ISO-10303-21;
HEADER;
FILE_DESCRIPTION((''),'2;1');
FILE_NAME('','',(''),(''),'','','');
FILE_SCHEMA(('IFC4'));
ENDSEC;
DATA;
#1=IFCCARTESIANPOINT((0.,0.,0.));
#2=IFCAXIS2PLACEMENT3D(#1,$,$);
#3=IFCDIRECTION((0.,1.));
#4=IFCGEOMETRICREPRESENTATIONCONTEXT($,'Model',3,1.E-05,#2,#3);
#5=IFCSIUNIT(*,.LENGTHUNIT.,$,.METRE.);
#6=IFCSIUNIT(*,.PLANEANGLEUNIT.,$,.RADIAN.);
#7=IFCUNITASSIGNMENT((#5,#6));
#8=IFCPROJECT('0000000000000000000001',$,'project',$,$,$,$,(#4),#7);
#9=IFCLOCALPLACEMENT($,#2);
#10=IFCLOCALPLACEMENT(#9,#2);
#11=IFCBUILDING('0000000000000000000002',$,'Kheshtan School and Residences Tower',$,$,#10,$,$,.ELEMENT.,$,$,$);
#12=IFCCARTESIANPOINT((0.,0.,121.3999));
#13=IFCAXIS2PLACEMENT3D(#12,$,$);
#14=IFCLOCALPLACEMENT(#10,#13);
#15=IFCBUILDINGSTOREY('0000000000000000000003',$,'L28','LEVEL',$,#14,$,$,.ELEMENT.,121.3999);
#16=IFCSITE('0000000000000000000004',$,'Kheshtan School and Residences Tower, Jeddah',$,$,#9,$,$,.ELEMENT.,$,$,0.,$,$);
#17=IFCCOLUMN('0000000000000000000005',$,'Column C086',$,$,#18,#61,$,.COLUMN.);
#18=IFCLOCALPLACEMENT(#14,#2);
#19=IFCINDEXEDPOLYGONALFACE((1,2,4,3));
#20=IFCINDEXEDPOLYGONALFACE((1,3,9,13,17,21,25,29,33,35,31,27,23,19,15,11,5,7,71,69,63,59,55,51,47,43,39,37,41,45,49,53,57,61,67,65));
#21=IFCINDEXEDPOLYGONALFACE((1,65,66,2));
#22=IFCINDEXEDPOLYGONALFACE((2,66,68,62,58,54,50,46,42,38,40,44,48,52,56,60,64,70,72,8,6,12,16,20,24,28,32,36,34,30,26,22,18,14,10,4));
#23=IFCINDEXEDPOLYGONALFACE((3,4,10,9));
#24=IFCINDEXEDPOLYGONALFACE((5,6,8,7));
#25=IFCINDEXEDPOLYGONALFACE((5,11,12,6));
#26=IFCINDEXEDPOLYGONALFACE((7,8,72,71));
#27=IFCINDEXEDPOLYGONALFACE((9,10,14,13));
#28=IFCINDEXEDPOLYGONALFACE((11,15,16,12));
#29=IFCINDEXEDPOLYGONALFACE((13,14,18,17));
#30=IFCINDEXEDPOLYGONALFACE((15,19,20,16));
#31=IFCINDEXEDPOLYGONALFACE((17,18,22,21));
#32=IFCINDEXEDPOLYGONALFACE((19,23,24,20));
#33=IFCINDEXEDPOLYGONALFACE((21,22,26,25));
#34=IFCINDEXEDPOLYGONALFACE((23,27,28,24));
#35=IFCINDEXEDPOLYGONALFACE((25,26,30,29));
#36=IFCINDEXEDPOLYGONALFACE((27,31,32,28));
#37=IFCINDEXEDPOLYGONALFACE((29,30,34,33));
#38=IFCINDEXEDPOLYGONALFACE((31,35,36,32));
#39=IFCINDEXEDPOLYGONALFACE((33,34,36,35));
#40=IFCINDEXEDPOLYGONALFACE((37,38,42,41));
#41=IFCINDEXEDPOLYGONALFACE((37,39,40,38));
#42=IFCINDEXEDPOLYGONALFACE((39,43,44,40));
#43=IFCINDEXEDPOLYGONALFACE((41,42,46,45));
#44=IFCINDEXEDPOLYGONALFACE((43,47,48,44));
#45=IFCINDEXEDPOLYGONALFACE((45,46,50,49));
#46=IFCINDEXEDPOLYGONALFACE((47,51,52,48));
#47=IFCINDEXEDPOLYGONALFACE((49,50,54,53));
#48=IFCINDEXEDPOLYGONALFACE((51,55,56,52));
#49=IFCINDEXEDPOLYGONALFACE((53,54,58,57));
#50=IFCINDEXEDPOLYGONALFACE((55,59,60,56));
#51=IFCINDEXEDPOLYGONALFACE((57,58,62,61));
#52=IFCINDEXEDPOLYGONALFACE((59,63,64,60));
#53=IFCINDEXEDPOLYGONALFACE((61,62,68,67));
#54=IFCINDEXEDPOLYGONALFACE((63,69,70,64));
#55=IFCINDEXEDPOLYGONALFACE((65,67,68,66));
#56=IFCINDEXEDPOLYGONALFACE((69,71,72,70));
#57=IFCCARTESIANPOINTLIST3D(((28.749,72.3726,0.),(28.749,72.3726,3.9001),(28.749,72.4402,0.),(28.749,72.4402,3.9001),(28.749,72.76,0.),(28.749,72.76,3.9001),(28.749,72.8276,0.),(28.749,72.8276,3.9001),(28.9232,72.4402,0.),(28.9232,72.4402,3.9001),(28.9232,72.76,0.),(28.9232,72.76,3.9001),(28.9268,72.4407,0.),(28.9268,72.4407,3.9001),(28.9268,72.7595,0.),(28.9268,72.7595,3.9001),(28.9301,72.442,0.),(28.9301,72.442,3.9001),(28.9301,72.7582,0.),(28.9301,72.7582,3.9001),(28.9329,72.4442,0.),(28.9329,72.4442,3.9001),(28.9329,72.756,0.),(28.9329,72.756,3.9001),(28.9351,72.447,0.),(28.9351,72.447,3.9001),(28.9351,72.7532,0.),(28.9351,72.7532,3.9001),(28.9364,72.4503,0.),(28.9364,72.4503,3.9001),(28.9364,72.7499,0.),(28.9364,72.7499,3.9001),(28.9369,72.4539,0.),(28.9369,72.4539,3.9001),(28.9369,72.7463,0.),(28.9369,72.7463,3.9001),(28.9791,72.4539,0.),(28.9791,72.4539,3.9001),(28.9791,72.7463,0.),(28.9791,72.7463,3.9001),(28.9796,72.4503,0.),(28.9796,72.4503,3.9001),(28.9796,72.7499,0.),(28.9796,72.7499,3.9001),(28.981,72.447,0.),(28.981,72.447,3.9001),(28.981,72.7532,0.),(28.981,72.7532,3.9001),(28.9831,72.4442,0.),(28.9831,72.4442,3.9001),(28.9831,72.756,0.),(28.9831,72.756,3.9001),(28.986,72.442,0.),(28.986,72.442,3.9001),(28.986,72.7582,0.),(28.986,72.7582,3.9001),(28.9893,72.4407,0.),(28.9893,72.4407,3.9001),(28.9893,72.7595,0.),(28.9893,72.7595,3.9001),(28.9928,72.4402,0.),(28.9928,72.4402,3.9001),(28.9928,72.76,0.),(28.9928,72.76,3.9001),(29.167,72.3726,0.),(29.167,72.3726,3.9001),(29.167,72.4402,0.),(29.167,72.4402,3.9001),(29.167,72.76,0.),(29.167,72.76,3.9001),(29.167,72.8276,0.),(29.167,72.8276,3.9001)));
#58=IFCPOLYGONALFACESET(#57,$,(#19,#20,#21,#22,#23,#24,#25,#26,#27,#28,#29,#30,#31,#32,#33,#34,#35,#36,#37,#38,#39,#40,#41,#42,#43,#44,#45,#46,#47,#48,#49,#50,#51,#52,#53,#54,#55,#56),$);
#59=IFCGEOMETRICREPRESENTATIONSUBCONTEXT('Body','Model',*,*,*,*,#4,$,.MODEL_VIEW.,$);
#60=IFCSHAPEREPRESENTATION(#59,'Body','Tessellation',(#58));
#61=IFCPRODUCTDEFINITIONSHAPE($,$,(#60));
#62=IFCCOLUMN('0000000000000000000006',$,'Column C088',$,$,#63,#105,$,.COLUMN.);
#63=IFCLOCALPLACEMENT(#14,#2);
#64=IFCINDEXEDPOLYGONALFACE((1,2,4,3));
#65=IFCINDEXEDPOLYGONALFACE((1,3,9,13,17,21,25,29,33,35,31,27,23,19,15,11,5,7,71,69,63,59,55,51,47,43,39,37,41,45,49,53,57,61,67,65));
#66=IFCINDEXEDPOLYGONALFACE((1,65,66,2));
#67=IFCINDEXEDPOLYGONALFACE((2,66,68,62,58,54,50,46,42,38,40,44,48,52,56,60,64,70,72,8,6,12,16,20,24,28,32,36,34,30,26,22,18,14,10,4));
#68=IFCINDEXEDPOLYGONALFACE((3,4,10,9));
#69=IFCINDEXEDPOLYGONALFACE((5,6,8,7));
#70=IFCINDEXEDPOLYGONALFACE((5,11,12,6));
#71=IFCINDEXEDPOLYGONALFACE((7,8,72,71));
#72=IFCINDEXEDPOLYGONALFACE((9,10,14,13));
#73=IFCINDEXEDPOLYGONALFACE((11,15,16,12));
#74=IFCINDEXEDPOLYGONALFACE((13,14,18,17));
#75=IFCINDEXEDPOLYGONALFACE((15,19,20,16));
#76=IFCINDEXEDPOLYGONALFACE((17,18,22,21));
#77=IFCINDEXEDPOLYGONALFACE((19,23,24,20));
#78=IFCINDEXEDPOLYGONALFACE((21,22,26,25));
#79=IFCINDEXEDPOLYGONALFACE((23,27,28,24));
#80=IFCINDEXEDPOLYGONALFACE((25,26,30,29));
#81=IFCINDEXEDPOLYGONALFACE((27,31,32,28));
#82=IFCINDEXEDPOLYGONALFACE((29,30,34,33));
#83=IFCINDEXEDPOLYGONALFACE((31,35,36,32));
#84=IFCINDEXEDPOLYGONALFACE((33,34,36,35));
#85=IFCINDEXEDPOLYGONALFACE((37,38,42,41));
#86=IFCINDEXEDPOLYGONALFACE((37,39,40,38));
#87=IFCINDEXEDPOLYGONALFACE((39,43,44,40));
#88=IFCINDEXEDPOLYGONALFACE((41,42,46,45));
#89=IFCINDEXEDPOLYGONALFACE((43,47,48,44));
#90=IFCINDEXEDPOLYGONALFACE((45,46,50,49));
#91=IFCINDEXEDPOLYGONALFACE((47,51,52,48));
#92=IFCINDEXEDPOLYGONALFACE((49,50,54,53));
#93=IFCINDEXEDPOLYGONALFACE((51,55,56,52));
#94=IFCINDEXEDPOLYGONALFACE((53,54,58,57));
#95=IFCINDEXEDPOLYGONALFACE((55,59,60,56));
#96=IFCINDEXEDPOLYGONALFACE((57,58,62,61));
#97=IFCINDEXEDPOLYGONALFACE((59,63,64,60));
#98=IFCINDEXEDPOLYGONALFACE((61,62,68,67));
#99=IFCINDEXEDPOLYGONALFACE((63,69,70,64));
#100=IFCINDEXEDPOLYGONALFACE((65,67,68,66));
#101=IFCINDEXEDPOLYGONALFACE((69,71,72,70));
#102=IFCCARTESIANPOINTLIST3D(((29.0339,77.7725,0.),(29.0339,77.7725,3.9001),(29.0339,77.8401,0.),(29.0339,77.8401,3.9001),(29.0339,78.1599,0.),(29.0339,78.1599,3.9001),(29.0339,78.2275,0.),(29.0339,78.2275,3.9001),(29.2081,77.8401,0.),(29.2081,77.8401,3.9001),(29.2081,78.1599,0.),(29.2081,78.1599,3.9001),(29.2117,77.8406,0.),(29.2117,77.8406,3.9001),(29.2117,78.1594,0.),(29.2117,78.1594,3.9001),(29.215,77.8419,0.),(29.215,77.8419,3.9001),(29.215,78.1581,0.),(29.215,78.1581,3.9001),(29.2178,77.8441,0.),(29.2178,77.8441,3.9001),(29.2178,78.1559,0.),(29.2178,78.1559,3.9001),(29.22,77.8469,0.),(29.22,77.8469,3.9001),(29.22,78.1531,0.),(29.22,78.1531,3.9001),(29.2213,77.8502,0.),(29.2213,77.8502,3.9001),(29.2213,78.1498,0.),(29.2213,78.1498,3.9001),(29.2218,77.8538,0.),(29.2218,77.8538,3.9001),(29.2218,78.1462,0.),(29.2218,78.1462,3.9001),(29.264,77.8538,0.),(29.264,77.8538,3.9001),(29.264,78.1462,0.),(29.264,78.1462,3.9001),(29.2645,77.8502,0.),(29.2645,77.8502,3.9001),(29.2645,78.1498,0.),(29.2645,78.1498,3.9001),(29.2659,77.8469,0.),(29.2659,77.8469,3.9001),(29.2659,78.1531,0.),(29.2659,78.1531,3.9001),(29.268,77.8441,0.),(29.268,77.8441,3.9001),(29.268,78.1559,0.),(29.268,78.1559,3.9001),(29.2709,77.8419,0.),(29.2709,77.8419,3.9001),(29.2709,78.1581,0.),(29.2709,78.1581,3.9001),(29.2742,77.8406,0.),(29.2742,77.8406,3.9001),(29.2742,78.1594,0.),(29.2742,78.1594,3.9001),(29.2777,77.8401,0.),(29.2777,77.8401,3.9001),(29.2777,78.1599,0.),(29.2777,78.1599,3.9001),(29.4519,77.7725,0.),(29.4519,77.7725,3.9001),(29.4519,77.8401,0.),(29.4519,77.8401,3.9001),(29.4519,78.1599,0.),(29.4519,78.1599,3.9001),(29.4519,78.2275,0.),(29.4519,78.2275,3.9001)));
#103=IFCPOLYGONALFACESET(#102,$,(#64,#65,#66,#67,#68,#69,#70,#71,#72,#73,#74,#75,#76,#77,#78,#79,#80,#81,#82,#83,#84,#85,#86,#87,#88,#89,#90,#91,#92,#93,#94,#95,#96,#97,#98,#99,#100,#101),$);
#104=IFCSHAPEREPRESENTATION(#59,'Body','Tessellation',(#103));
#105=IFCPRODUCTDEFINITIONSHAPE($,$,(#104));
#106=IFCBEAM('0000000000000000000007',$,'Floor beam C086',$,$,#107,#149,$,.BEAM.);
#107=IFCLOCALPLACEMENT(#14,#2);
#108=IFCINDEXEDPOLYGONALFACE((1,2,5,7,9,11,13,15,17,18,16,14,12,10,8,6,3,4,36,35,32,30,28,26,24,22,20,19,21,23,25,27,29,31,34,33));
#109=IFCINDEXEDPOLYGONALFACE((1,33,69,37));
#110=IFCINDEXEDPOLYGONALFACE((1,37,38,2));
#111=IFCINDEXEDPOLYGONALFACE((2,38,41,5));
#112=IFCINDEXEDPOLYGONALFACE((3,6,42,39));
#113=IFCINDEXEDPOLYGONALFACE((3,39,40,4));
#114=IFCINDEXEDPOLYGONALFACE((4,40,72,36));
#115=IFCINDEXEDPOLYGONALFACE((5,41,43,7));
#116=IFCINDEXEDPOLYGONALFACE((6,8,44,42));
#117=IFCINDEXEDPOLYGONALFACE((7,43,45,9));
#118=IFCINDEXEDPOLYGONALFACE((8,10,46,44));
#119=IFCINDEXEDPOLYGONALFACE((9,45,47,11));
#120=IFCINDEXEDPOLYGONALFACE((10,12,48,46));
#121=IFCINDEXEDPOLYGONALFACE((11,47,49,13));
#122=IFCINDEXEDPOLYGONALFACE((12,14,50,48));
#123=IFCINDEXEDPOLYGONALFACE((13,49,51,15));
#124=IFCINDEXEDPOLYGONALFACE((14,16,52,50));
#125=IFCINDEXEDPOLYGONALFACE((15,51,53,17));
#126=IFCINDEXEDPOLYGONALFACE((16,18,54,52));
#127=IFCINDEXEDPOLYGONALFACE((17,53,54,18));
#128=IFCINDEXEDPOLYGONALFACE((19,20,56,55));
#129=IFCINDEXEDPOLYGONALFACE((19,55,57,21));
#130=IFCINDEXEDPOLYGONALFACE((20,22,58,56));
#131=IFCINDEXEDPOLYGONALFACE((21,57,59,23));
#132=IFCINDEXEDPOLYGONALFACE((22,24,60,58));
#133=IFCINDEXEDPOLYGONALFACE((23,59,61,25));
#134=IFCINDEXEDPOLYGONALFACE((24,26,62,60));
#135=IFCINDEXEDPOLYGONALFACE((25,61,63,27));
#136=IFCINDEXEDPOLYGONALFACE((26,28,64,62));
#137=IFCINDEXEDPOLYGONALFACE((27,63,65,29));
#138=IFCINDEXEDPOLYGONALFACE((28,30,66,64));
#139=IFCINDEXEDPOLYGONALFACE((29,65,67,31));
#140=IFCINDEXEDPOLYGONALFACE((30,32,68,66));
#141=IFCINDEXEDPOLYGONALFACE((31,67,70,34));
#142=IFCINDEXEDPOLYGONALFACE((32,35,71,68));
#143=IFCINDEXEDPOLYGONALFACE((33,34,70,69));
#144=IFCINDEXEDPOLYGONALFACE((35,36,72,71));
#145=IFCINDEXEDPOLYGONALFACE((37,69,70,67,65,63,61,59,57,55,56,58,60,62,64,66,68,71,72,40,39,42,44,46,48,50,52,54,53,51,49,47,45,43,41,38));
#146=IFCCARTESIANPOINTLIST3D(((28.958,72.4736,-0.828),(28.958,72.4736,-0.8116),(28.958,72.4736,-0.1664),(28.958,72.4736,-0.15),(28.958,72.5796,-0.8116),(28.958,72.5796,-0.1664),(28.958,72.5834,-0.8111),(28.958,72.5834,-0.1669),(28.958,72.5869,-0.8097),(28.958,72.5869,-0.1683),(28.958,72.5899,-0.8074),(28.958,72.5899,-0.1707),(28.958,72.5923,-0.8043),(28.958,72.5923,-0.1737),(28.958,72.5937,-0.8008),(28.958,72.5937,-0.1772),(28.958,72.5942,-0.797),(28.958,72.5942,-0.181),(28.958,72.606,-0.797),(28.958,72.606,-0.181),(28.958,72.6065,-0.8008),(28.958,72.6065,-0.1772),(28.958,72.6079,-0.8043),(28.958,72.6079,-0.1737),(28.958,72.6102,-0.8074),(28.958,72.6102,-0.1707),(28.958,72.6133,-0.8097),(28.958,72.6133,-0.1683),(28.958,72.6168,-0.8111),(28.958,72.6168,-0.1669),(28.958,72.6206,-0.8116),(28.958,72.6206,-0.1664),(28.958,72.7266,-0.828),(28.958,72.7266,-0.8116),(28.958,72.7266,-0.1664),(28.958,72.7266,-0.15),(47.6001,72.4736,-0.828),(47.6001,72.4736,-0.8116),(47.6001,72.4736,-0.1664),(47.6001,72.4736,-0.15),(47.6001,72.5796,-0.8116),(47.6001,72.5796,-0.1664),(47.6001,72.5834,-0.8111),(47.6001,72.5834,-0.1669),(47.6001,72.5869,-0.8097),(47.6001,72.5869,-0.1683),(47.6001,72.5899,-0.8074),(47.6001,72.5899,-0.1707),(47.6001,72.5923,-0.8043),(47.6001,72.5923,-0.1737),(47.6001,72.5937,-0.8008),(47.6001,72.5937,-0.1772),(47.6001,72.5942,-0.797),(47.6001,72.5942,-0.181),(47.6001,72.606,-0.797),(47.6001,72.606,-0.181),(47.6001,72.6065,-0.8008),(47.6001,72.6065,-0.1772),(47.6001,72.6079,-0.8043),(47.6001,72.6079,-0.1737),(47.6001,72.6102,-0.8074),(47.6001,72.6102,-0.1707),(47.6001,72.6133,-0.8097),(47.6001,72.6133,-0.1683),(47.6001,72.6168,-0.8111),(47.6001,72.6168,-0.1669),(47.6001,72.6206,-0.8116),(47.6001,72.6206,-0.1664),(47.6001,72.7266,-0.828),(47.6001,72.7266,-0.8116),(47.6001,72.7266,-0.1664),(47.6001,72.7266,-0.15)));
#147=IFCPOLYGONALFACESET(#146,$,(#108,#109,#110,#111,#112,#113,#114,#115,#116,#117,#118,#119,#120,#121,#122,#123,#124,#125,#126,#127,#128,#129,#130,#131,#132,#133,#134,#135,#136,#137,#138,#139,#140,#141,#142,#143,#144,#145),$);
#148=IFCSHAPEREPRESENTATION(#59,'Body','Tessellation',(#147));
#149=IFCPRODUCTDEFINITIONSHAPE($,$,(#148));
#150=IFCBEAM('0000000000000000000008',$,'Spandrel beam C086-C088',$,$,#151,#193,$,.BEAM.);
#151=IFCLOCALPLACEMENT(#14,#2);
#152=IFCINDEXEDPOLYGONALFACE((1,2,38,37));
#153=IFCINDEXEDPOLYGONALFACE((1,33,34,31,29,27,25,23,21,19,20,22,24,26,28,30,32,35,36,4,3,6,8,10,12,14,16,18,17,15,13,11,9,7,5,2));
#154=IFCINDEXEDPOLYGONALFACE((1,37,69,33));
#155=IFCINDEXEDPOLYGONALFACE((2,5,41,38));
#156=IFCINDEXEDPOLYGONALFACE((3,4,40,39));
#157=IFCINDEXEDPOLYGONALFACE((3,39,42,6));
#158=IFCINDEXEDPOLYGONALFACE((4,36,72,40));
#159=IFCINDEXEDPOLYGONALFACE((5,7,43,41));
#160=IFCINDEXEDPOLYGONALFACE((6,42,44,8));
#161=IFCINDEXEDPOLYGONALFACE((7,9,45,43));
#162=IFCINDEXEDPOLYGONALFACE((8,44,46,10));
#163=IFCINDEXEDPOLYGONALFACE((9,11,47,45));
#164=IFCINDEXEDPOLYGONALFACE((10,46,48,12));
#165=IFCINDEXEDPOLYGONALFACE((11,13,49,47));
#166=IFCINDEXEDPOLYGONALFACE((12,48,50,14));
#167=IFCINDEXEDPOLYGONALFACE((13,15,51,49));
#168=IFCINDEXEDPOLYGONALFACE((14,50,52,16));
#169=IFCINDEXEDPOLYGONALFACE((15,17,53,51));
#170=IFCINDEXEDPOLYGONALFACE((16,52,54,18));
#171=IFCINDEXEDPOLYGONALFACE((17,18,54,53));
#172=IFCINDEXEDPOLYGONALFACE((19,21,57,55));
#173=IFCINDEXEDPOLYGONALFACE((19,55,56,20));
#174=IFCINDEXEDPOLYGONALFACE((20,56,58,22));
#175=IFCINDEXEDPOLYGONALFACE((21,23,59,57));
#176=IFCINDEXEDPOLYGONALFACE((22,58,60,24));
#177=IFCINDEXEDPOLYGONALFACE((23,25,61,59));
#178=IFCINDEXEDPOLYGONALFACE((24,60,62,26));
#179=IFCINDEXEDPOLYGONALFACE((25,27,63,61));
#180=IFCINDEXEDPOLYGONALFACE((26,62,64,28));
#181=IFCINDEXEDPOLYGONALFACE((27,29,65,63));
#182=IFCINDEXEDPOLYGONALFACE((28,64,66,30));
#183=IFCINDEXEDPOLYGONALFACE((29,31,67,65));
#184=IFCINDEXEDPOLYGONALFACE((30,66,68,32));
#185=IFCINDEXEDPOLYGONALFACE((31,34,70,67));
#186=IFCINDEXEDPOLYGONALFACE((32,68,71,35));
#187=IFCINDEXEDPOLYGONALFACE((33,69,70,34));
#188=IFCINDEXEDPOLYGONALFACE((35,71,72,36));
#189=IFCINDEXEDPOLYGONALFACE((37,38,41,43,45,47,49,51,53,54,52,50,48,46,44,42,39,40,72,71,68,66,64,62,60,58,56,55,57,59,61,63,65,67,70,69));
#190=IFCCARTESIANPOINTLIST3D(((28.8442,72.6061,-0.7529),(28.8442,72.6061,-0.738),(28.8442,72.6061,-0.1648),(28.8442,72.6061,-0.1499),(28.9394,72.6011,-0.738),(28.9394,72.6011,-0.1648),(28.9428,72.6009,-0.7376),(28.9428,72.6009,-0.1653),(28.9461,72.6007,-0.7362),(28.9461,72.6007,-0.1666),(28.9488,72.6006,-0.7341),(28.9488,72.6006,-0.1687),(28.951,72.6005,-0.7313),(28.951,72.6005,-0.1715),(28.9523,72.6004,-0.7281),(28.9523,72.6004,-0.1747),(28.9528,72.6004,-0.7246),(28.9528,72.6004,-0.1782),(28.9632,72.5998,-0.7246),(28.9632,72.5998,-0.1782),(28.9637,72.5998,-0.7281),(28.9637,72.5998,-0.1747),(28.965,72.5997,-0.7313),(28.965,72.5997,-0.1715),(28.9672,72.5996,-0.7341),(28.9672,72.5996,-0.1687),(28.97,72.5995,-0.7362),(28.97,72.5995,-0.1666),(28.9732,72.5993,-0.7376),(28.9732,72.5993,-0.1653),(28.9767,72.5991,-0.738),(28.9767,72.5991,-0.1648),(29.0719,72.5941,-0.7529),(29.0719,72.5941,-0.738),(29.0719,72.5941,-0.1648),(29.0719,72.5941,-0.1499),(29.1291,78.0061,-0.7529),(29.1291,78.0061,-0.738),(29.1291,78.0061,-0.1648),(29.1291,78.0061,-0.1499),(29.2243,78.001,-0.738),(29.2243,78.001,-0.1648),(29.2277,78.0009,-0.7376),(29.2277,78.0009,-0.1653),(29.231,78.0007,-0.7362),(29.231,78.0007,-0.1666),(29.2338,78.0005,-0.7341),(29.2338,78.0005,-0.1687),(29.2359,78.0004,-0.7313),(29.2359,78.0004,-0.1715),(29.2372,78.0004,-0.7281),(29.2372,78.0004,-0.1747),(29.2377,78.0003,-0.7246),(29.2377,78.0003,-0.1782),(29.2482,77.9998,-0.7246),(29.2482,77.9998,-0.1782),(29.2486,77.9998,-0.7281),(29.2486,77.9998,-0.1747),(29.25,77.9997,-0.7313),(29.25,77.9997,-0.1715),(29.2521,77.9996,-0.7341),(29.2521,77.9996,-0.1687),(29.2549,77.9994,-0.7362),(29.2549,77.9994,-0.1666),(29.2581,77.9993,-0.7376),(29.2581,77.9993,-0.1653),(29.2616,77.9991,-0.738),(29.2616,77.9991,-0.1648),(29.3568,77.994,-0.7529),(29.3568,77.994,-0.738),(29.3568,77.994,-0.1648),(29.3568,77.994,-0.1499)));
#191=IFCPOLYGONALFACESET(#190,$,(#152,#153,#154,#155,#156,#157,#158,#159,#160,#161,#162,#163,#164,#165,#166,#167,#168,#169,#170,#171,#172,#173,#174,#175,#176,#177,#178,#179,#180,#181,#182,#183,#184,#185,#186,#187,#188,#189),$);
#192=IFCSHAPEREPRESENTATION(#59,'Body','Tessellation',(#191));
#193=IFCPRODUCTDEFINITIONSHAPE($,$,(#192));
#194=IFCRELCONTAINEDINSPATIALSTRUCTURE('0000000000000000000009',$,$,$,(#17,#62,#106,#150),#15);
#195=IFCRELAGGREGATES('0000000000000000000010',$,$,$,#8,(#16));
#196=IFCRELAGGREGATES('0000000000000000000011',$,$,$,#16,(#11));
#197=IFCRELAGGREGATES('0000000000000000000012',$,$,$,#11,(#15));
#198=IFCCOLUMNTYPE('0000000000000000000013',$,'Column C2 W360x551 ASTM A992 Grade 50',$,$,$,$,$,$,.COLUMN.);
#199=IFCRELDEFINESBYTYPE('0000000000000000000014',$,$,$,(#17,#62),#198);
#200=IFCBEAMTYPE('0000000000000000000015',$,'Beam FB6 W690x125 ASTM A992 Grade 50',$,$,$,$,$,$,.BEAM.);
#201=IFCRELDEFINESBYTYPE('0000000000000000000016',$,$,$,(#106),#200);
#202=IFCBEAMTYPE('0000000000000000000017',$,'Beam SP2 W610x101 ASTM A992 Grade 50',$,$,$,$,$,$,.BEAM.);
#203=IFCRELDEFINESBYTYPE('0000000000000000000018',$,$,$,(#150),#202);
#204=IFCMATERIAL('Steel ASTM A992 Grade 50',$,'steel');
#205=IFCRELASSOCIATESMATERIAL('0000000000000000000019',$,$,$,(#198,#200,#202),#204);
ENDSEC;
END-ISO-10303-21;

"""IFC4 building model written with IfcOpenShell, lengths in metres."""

from ifc_helpers import new_model, si_unit, direction, frame, origin, origin_2d, place, context, subcontext, project, spatial, i_section, extrude, material, material_profile, profile_set, type_object, element, save


model = new_model("IFC4")

# Units and contexts
model_context = context("Model", 3, precision=1e-05, world=origin(), true_north=direction((0.0, 1.0)))
body_context = subcontext(model_context, "Body", "Model", "MODEL_VIEW")
ifc_project = project(units=[si_unit("LENGTHUNIT", "METRE"), si_unit("PLANEANGLEUNIT", "RADIAN")], contexts=[model_context])

# Site, building, storey
site_placement = place(None, origin())
site = spatial("IfcSite", under=ifc_project, at=site_placement, Name="Kheshtan School and Residences Tower, Jeddah", CompositionType="ELEMENT", RefElevation=0.0)
building_placement = place(site_placement, origin())
building = spatial("IfcBuilding", under=site, at=building_placement, Name="Kheshtan School and Residences Tower", CompositionType="ELEMENT")
storey_placement = place(building_placement, frame((0.0, 0.0, 121.3999)))
storey = spatial("IfcBuildingStorey", under=building, at=storey_placement, Name="L28", Description="LEVEL", CompositionType="ELEMENT", Elevation=121.3999)

# Columns
ifc_material_1 = material(Name="Steel ASTM A992 Grade 50", Category="steel")
ifc_material_profile_1 = material_profile(ifc_material_1, i_section(OverallWidth=0.418, OverallDepth=0.4551, WebThickness=0.0422, FlangeThickness=0.0676, FilletRadius=0.0137, at=origin_2d()), Name="W360x551")
ifc_profile_set_1 = profile_set([ifc_material_profile_1], Name="Steel ASTM A992 Grade 50")
column_type = type_object("IfcColumnType", Name="Column C2 W360x551 ASTM A992 Grade 50", PredefinedType="COLUMN", material=ifc_profile_set_1)
for number, where, z_axis, x_axis, name in (
    (1, (28.958, 72.6001, 0.0), (0.0, 0.0, 1.0), (1.0, 0.0, 0.0), "Column C086"),
    (2, (29.2429, 78.0, 0.0), (0.0, 0.0, 1.0), (1.0, 0.0, 0.0), "Column C088"),
):
    element("IfcColumn", number, at=place(storey_placement, frame(where, z_axis=z_axis, x_axis=x_axis)), inside=storey, type_object=column_type, Name=name, PredefinedType="COLUMN", context=body_context, shape_type="SweptSolid", body=[
        extrude(i_section(OverallWidth=0.418, OverallDepth=0.4551, WebThickness=0.0422, FlangeThickness=0.0676, FilletRadius=0.0137, at=origin_2d()), origin(), (0.0, 0.0, 1.0), 3.9001),
    ])

# Beams
ifc_material_profile_2 = material_profile(ifc_material_1, i_section(OverallWidth=0.2529, OverallDepth=0.678, WebThickness=0.0117, FlangeThickness=0.0164, FilletRadius=0.0146, at=origin_2d()), Name="W690x125")
ifc_profile_set_2 = profile_set([ifc_material_profile_2], Name="Steel ASTM A992 Grade 50")
beam_type_1 = type_object("IfcBeamType", Name="Beam FB6 W690x125 ASTM A992 Grade 50", PredefinedType="BEAM", material=ifc_profile_set_2)
beam_placement = place(storey_placement, frame((28.958, 72.6001, -0.489), z_axis=(1.0, 0.0, 0.0), x_axis=(0.0, 1.0, 0.0)))
element("IfcBeam", 3, at=beam_placement, inside=storey, type_object=beam_type_1, Name="Floor beam C086", PredefinedType="BEAM", context=body_context, shape_type="SweptSolid", body=[
    extrude(i_section(OverallWidth=0.2529, OverallDepth=0.678, WebThickness=0.0117, FlangeThickness=0.0164, FilletRadius=0.0146, at=origin_2d()), origin(), (0.0, 0.0, 1.0), 18.6421),
])
ifc_material_profile_3 = material_profile(ifc_material_1, i_section(OverallWidth=0.228, OverallDepth=0.603, WebThickness=0.0105, FlangeThickness=0.0149, FilletRadius=0.0134, at=origin_2d()), Name="W610x101")
ifc_profile_set_3 = profile_set([ifc_material_profile_3], Name="Steel ASTM A992 Grade 50")
beam_type_2 = type_object("IfcBeamType", Name="Beam SP2 W610x101 ASTM A992 Grade 50", PredefinedType="BEAM", material=ifc_profile_set_3)
for number, where, z_axis, x_axis, name in (
    (4, (28.958, 72.6001, -0.4514), (0.052689, 0.998611, 0.0), (-0.998611, 0.052689, 0.0), "Spandrel beam C086-C088"),
):
    element("IfcBeam", number, at=place(storey_placement, frame(where, z_axis=z_axis, x_axis=x_axis)), inside=storey, type_object=beam_type_2, Name=name, PredefinedType="BEAM", context=body_context, shape_type="SweptSolid", body=[
        extrude(i_section(OverallWidth=0.228, OverallDepth=0.603, WebThickness=0.0105, FlangeThickness=0.0149, FilletRadius=0.0134, at=origin_2d()), origin(), (0.0, 0.0, 1.0), 5.4075),
    ])

save(model, "model.ifc")
